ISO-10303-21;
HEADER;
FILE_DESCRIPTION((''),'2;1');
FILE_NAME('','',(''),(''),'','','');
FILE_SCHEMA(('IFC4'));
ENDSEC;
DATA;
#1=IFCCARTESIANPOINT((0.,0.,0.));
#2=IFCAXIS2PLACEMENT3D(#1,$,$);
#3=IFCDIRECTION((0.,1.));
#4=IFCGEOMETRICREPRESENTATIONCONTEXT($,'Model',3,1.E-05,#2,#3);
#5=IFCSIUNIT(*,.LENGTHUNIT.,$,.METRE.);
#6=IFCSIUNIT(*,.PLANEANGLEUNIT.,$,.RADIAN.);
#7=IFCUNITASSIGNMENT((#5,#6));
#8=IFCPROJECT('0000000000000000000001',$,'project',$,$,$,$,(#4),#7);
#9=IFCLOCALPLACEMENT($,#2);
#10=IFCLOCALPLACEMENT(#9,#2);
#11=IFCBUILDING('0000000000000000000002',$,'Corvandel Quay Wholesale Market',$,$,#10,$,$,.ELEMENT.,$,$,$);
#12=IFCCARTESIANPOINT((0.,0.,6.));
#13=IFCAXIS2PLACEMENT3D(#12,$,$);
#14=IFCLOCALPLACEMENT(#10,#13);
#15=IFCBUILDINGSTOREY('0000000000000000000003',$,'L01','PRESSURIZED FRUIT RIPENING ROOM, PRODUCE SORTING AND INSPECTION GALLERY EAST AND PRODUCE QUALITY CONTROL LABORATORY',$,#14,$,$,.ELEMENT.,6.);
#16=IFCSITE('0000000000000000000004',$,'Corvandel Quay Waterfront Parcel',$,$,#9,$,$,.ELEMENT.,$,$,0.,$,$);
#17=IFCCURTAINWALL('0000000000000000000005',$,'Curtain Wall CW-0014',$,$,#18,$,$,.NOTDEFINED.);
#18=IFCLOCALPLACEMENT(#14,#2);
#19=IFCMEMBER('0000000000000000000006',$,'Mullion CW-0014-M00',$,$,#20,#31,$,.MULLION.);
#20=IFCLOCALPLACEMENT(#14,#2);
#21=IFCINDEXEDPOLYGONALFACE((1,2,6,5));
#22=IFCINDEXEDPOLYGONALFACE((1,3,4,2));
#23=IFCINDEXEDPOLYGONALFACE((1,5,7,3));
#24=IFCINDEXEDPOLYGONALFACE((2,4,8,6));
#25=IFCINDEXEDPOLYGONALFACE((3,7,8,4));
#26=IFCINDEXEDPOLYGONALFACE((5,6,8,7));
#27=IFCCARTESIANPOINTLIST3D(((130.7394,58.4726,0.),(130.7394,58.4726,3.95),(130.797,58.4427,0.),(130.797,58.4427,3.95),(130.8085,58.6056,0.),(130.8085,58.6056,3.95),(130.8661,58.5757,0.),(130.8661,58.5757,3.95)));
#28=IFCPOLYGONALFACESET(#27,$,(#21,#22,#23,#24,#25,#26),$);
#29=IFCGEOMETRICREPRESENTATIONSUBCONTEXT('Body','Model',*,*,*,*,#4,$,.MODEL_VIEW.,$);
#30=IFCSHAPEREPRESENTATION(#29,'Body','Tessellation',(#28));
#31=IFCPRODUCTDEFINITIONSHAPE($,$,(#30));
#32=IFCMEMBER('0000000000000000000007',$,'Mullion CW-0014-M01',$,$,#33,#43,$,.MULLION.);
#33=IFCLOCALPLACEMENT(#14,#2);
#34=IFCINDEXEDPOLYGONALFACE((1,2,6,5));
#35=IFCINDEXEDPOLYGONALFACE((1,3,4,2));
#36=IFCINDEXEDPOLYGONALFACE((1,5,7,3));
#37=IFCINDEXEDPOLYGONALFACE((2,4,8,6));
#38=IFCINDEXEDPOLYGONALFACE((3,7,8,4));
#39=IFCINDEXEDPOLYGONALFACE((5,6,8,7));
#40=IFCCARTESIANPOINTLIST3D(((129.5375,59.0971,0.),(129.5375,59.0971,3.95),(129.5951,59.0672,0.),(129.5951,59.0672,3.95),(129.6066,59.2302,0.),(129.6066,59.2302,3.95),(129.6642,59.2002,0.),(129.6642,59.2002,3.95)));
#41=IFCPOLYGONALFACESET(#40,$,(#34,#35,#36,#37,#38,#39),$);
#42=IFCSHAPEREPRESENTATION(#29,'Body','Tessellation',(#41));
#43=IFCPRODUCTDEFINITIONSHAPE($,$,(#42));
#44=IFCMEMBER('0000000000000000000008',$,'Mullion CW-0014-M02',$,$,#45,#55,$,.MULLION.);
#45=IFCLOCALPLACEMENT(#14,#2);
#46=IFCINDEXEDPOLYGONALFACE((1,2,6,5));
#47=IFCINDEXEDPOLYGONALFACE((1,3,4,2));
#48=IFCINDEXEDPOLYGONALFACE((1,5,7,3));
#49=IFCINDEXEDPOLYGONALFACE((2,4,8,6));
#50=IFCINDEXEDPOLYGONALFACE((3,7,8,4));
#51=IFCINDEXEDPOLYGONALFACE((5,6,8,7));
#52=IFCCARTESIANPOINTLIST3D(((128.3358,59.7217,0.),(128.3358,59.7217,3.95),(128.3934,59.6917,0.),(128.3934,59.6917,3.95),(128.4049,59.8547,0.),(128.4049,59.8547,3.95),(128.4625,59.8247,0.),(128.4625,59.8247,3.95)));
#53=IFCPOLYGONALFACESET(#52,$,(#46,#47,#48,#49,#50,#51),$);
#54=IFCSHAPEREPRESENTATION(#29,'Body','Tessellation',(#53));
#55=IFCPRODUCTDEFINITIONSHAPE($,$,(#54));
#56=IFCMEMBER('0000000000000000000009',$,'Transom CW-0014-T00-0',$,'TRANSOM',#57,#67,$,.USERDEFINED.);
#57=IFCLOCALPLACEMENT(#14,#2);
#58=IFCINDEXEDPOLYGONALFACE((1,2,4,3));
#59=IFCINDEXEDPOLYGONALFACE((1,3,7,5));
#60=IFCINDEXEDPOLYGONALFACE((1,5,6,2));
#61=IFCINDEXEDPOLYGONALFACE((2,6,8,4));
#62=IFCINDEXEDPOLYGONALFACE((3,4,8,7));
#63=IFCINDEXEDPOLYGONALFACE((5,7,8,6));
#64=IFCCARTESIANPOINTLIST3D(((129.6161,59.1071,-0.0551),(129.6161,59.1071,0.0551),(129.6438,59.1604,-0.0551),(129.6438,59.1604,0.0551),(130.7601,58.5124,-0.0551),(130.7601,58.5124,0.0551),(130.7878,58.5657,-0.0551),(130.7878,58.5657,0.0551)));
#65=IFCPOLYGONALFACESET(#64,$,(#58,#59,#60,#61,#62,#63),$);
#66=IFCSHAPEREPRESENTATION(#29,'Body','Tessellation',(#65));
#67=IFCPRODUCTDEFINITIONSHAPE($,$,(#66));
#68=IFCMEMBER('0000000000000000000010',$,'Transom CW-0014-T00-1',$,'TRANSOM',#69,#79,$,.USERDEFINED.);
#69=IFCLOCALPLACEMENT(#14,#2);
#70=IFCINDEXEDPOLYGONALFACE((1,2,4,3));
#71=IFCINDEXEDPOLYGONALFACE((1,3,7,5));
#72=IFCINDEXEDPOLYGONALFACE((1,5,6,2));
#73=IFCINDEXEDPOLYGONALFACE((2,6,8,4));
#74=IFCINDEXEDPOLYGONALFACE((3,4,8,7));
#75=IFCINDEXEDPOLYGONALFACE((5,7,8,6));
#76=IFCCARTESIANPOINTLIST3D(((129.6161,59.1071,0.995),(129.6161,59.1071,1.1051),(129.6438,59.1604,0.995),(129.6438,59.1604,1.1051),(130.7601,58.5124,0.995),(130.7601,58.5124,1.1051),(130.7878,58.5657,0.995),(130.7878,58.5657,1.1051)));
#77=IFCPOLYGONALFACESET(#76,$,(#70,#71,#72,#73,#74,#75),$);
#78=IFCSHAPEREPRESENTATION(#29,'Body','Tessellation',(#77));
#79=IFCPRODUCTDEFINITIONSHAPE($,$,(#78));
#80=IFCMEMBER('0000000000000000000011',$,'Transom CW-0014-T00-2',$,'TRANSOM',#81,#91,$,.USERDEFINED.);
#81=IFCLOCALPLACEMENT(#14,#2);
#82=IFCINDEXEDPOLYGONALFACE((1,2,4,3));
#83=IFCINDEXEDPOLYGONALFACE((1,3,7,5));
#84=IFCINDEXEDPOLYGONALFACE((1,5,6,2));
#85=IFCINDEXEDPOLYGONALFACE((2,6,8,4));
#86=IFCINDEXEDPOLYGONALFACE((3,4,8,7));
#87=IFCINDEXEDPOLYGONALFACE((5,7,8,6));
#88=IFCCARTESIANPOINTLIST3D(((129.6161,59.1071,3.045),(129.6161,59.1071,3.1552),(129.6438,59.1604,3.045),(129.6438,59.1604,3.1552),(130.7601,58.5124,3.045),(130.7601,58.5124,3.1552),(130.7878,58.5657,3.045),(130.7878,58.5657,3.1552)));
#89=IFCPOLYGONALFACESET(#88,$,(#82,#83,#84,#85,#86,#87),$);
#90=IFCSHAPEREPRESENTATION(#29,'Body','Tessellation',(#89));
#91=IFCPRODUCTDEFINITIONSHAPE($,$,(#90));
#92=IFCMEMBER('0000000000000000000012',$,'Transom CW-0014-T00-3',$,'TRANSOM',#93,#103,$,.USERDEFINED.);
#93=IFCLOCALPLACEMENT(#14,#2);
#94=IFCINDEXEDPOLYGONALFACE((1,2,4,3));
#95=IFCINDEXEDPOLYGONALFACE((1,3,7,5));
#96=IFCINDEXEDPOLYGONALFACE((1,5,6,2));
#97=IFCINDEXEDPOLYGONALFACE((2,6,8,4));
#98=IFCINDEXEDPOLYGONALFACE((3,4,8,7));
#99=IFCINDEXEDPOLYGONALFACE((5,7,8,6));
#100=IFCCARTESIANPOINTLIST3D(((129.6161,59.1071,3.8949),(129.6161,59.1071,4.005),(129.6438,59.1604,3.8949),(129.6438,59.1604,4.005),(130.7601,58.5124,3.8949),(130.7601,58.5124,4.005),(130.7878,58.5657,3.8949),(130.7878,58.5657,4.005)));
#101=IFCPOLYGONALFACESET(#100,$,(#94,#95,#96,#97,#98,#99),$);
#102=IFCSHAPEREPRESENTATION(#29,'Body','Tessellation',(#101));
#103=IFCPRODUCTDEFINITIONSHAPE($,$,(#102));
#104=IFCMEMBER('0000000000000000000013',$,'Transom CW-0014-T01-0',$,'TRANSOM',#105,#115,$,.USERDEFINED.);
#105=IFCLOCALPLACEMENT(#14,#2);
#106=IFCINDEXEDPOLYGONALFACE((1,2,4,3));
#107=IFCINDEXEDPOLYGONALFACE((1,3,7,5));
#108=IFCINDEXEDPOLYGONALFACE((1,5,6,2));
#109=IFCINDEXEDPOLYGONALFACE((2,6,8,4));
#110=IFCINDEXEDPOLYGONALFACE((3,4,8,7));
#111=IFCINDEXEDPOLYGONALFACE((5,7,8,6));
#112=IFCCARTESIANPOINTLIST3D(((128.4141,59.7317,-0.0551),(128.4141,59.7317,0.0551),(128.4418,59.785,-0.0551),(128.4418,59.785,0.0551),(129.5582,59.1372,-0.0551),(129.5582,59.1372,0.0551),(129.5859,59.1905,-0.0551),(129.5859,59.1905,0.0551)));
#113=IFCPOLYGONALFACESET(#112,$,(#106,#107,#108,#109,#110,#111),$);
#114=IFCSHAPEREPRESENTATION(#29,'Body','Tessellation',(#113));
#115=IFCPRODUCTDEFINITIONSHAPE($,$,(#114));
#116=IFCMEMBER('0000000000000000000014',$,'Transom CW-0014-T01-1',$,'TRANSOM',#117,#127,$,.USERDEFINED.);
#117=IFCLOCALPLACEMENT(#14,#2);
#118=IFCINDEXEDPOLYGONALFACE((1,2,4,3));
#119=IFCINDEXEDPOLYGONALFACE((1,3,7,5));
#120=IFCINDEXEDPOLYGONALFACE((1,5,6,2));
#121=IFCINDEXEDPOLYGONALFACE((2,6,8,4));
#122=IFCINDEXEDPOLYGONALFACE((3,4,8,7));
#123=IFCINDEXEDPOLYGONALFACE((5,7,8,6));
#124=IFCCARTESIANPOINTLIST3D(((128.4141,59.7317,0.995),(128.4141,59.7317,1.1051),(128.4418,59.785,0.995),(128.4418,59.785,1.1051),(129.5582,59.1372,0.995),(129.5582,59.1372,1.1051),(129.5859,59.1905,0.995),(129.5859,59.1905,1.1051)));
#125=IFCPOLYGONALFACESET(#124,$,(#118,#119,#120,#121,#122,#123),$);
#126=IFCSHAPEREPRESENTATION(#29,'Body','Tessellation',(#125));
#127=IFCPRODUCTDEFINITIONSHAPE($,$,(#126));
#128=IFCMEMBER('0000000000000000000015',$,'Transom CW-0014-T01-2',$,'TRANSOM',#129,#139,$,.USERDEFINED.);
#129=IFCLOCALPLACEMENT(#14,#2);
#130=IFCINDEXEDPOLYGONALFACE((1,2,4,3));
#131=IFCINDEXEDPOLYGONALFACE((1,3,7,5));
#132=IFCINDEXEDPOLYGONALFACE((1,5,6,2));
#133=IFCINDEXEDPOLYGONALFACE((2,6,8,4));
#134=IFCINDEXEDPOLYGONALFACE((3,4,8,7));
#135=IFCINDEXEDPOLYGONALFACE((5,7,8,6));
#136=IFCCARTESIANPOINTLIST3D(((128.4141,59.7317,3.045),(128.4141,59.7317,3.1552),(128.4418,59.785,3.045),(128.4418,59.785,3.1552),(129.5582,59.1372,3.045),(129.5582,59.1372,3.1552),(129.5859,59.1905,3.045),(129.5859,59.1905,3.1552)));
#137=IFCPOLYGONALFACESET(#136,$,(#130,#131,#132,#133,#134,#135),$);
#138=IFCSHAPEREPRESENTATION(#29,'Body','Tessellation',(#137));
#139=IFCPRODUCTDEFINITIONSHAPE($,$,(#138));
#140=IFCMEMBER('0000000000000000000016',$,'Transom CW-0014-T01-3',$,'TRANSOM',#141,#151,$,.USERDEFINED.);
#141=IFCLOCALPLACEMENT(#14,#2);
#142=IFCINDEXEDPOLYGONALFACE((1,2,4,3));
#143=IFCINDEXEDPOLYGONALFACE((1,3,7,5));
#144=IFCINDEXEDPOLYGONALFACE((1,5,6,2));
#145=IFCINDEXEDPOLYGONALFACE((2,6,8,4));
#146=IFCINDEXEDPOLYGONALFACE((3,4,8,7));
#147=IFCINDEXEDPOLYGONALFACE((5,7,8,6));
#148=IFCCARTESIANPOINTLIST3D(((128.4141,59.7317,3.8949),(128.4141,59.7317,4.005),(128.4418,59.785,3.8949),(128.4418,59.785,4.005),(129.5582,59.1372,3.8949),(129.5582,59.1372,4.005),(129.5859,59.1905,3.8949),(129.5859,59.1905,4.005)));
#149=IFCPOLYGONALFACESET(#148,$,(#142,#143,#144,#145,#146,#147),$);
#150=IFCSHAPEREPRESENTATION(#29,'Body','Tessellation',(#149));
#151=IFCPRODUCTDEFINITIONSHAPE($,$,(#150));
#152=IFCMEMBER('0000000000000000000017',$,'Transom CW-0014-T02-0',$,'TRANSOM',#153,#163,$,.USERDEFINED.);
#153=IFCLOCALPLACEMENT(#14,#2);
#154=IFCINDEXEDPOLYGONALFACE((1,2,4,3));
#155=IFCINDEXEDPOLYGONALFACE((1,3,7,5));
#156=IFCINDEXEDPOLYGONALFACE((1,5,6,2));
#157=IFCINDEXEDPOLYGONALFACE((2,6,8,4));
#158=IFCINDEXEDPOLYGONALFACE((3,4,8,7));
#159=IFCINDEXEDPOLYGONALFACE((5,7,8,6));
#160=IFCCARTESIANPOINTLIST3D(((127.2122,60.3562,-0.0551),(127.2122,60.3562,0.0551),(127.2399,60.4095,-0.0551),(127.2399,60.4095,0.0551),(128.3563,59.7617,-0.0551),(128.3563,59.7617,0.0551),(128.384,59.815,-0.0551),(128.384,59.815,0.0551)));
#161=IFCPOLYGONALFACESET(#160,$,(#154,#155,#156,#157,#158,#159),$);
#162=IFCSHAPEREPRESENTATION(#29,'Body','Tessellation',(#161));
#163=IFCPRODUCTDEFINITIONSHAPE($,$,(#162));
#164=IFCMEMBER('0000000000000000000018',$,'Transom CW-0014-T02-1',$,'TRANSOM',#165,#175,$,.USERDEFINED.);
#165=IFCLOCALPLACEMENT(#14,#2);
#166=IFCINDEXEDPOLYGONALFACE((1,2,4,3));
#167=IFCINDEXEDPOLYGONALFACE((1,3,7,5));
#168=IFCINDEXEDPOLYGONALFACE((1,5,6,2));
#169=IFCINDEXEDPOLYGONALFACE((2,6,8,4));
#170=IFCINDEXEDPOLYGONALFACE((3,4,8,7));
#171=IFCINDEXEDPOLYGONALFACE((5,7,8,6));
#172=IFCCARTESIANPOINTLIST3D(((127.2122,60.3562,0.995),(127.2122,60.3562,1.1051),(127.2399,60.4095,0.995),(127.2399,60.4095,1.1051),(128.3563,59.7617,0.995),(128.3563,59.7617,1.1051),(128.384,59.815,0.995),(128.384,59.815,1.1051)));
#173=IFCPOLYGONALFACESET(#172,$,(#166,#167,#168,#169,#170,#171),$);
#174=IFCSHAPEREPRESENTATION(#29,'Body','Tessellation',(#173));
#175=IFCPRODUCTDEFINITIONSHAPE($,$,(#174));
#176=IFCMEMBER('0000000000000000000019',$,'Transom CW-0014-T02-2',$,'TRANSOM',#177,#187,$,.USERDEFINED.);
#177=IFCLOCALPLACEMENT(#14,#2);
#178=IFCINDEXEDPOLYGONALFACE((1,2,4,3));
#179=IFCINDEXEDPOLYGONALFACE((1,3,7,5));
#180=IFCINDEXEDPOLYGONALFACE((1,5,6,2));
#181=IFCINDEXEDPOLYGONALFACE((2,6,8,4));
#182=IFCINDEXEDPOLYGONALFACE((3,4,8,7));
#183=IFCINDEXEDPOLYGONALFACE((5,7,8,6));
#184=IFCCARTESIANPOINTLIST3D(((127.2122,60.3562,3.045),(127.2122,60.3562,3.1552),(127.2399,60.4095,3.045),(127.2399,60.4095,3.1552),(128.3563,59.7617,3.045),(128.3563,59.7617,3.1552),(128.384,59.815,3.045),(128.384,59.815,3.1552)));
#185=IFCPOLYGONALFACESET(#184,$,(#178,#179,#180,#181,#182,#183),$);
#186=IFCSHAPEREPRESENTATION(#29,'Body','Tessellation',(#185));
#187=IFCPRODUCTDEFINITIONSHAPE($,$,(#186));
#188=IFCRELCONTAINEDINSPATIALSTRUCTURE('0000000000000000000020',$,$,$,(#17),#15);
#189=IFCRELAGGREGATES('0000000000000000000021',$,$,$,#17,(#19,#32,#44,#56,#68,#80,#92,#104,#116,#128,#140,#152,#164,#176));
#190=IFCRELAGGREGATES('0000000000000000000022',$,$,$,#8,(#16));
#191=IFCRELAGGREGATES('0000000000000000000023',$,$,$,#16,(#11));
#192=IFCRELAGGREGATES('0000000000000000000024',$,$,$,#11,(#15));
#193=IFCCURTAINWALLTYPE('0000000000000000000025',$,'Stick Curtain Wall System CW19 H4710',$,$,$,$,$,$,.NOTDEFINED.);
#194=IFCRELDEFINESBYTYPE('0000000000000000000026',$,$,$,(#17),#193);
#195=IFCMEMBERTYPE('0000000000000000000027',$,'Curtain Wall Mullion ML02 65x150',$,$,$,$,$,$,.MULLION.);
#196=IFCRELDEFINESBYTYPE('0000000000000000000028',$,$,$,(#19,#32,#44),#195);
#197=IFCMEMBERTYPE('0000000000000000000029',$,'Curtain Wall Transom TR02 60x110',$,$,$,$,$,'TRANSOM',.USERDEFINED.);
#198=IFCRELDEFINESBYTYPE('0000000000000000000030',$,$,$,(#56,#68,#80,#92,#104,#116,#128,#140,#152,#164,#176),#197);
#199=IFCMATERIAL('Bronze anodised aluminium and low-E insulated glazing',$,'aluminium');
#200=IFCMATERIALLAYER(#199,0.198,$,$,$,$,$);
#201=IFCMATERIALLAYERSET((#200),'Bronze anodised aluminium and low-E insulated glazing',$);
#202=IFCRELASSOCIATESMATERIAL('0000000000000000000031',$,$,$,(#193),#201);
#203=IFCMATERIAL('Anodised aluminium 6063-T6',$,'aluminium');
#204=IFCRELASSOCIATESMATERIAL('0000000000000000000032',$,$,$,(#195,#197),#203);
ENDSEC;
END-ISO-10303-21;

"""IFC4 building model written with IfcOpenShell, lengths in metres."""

from ifc_helpers import new_model, si_unit, direction, frame, origin, origin_2d, place, context, subcontext, project, spatial, rectangle, extrude, material, layer, layer_set, material_profile, profile_set, type_object, element, aggregate, save


model = new_model("IFC4")

# Units and contexts
model_context = context("Model", 3, precision=1e-05, world=origin(), true_north=direction((0.0, 1.0)))
body_context = subcontext(model_context, "Body", "Model", "MODEL_VIEW")
ifc_project = project(units=[si_unit("LENGTHUNIT", "METRE"), si_unit("PLANEANGLEUNIT", "RADIAN")], contexts=[model_context])

# Site, building, storey
site_placement = place(None, origin())
site = spatial("IfcSite", under=ifc_project, at=site_placement, Name="Corvandel Quay Waterfront Parcel", CompositionType="ELEMENT", RefElevation=0.0)
building_placement = place(site_placement, origin())
building = spatial("IfcBuilding", under=site, at=building_placement, Name="Corvandel Quay Wholesale Market", CompositionType="ELEMENT")
storey_placement = place(building_placement, frame((0.0, 0.0, 6.0)))
storey = spatial("IfcBuildingStorey", under=building, at=storey_placement, Name="L01", Description="PRESSURIZED FRUIT RIPENING ROOM, PRODUCE SORTING AND INSPECTION GALLERY EAST AND PRODUCE QUALITY CONTROL LABORATORY", CompositionType="ELEMENT", Elevation=6.0)

# Curtain wall, members
ifc_material_1 = material(Name="Bronze anodised aluminium and low-E insulated glazing", Category="aluminium")
ifc_layer_1 = layer(ifc_material_1, 0.198)
ifc_layer_set_1 = layer_set([ifc_layer_1], Name="Bronze anodised aluminium and low-E insulated glazing")
curtain_wall_type = type_object("IfcCurtainWallType", Name="Stick Curtain Wall System CW19 H4710", PredefinedType="NOTDEFINED", material=ifc_layer_set_1)
curtain_wall_placement = place(storey_placement, origin())
curtain_wall = element("IfcCurtainWall", 1, at=curtain_wall_placement, inside=storey, type_object=curtain_wall_type, Name="Curtain Wall CW-0014", PredefinedType="NOTDEFINED")
ifc_material_2 = material(Name="Anodised aluminium 6063-T6", Category="aluminium")
ifc_material_profile_1 = material_profile(ifc_material_2, rectangle(XDim=0.0649, YDim=0.1499, at=origin_2d()), Name="ALU-MUL-65x150")
ifc_profile_set_1 = profile_set([ifc_material_profile_1], Name="Anodised aluminium 6063-T6")
member_type_1 = type_object("IfcMemberType", Name="Curtain Wall Mullion ML02 65x150", PredefinedType="MULLION", material=ifc_profile_set_1)
member_1_placement = place(storey_placement, frame((130.8027, 58.5242, 0.0), z_axis=(0.0, 0.0, 1.0), x_axis=(-0.887333, 0.461129, 0.0)))
member_1 = element("IfcMember", 2, at=member_1_placement, type_object=member_type_1, Name="Mullion CW-0014-M00", PredefinedType="MULLION", context=body_context, shape_type="SweptSolid", body=[
    extrude(rectangle(XDim=0.0649, YDim=0.1499, at=origin_2d()), origin(), (0.0, 0.0, 1.0), 3.95),
])
member_2_placement = place(storey_placement, frame((129.6008, 59.1487, 0.0), z_axis=(0.0, 0.0, 1.0), x_axis=(-0.887333, 0.461129, 0.0)))
member_2 = element("IfcMember", 3, at=member_2_placement, type_object=member_type_1, Name="Mullion CW-0014-M01", PredefinedType="MULLION", context=body_context, shape_type="SweptSolid", body=[
    extrude(rectangle(XDim=0.0649, YDim=0.1499, at=origin_2d()), origin(), (0.0, 0.0, 1.0), 3.95),
])
member_3_placement = place(storey_placement, frame((128.3992, 59.7732, 0.0), z_axis=(0.0, 0.0, 1.0), x_axis=(-0.887333, 0.461129, 0.0)))
member_3 = element("IfcMember", 4, at=member_3_placement, type_object=member_type_1, Name="Mullion CW-0014-M02", PredefinedType="MULLION", context=body_context, shape_type="SweptSolid", body=[
    extrude(rectangle(XDim=0.0649, YDim=0.1499, at=origin_2d()), origin(), (0.0, 0.0, 1.0), 3.95),
])
ifc_material_profile_2 = material_profile(ifc_material_2, rectangle(XDim=0.0601, YDim=0.1101, at=origin_2d()), Name="ALU-TRN-60x110")
ifc_profile_set_2 = profile_set([ifc_material_profile_2], Name="Anodised aluminium 6063-T6")
member_type_2 = type_object("IfcMemberType", Name="Curtain Wall Transom TR02 60x110", ElementType="TRANSOM", PredefinedType="USERDEFINED", material=ifc_profile_set_2)
member_4_placement = place(storey_placement, frame((130.7739, 58.5391, 0.0), z_axis=(-0.887273, 0.461245, 0.0), x_axis=(-0.461245, -0.887273, 0.0)))
member_4 = element("IfcMember", 5, at=member_4_placement, type_object=member_type_2, Name="Transom CW-0014-T00-0", ObjectType="TRANSOM", PredefinedType="USERDEFINED", context=body_context, shape_type="SweptSolid", body=[
    extrude(rectangle(XDim=0.0601, YDim=0.1101, at=origin_2d()), origin(), (0.0, 0.0, 1.0), 1.2893),
])
member_5_placement = place(storey_placement, frame((130.7739, 58.5391, 1.05), z_axis=(-0.887273, 0.461245, 0.0), x_axis=(-0.461245, -0.887273, 0.0)))
member_5 = element("IfcMember", 6, at=member_5_placement, type_object=member_type_2, Name="Transom CW-0014-T00-1", ObjectType="TRANSOM", PredefinedType="USERDEFINED", context=body_context, shape_type="SweptSolid", body=[
    extrude(rectangle(XDim=0.0601, YDim=0.1101, at=origin_2d()), origin(), (0.0, 0.0, 1.0), 1.2893),
])
member_6_placement = place(storey_placement, frame((130.7739, 58.5391, 3.1001), z_axis=(-0.887273, 0.461245, 0.0), x_axis=(-0.461245, -0.887273, 0.0)))
member_6 = element("IfcMember", 7, at=member_6_placement, type_object=member_type_2, Name="Transom CW-0014-T00-2", ObjectType="TRANSOM", PredefinedType="USERDEFINED", context=body_context, shape_type="SweptSolid", body=[
    extrude(rectangle(XDim=0.0601, YDim=0.1101, at=origin_2d()), origin(), (0.0, 0.0, 1.0), 1.2893),
])
member_7_placement = place(storey_placement, frame((130.7739, 58.5391, 3.95), z_axis=(-0.887273, 0.461245, 0.0), x_axis=(-0.461245, -0.887273, 0.0)))
member_7 = element("IfcMember", 8, at=member_7_placement, type_object=member_type_2, Name="Transom CW-0014-T00-3", ObjectType="TRANSOM", PredefinedType="USERDEFINED", context=body_context, shape_type="SweptSolid", body=[
    extrude(rectangle(XDim=0.0601, YDim=0.1101, at=origin_2d()), origin(), (0.0, 0.0, 1.0), 1.2893),
])
member_8_placement = place(storey_placement, frame((129.572, 59.1638, 0.0), z_axis=(-0.88735, 0.461096, 0.0), x_axis=(-0.461096, -0.88735, 0.0)))
member_8 = element("IfcMember", 9, at=member_8_placement, type_object=member_type_2, Name="Transom CW-0014-T01-0", ObjectType="TRANSOM", PredefinedType="USERDEFINED", context=body_context, shape_type="SweptSolid", body=[
    extrude(rectangle(XDim=0.0601, YDim=0.1101, at=origin_2d()), origin(), (0.0, 0.0, 1.0), 1.2893),
])
member_9_placement = place(storey_placement, frame((129.572, 59.1638, 1.05), z_axis=(-0.88735, 0.461096, 0.0), x_axis=(-0.461096, -0.88735, 0.0)))
member_9 = element("IfcMember", 10, at=member_9_placement, type_object=member_type_2, Name="Transom CW-0014-T01-1", ObjectType="TRANSOM", PredefinedType="USERDEFINED", context=body_context, shape_type="SweptSolid", body=[
    extrude(rectangle(XDim=0.0601, YDim=0.1101, at=origin_2d()), origin(), (0.0, 0.0, 1.0), 1.2893),
])
member_10_placement = place(storey_placement, frame((129.572, 59.1638, 3.1001), z_axis=(-0.88735, 0.461096, 0.0), x_axis=(-0.461096, -0.88735, 0.0)))
member_10 = element("IfcMember", 11, at=member_10_placement, type_object=member_type_2, Name="Transom CW-0014-T01-2", ObjectType="TRANSOM", PredefinedType="USERDEFINED", context=body_context, shape_type="SweptSolid", body=[
    extrude(rectangle(XDim=0.0601, YDim=0.1101, at=origin_2d()), origin(), (0.0, 0.0, 1.0), 1.2893),
])
member_11_placement = place(storey_placement, frame((129.572, 59.1638, 3.95), z_axis=(-0.88735, 0.461096, 0.0), x_axis=(-0.461096, -0.88735, 0.0)))
member_11 = element("IfcMember", 12, at=member_11_placement, type_object=member_type_2, Name="Transom CW-0014-T01-3", ObjectType="TRANSOM", PredefinedType="USERDEFINED", context=body_context, shape_type="SweptSolid", body=[
    extrude(rectangle(XDim=0.0601, YDim=0.1101, at=origin_2d()), origin(), (0.0, 0.0, 1.0), 1.2893),
])
member_12_placement = place(storey_placement, frame((128.3701, 59.7883, 0.0), z_axis=(-0.88735, 0.461096, 0.0), x_axis=(-0.461096, -0.88735, 0.0)))
member_12 = element("IfcMember", 13, at=member_12_placement, type_object=member_type_2, Name="Transom CW-0014-T02-0", ObjectType="TRANSOM", PredefinedType="USERDEFINED", context=body_context, shape_type="SweptSolid", body=[
    extrude(rectangle(XDim=0.0601, YDim=0.1101, at=origin_2d()), origin(), (0.0, 0.0, 1.0), 1.2893),
])
member_13_placement = place(storey_placement, frame((128.3701, 59.7883, 1.05), z_axis=(-0.88735, 0.461096, 0.0), x_axis=(-0.461096, -0.88735, 0.0)))
member_13 = element("IfcMember", 14, at=member_13_placement, type_object=member_type_2, Name="Transom CW-0014-T02-1", ObjectType="TRANSOM", PredefinedType="USERDEFINED", context=body_context, shape_type="SweptSolid", body=[
    extrude(rectangle(XDim=0.0601, YDim=0.1101, at=origin_2d()), origin(), (0.0, 0.0, 1.0), 1.2893),
])
member_14_placement = place(storey_placement, frame((128.3701, 59.7883, 3.1001), z_axis=(-0.88735, 0.461096, 0.0), x_axis=(-0.461096, -0.88735, 0.0)))
member_14 = element("IfcMember", 15, at=member_14_placement, type_object=member_type_2, Name="Transom CW-0014-T02-2", ObjectType="TRANSOM", PredefinedType="USERDEFINED", context=body_context, shape_type="SweptSolid", body=[
    extrude(rectangle(XDim=0.0601, YDim=0.1101, at=origin_2d()), origin(), (0.0, 0.0, 1.0), 1.2893),
])

aggregate(curtain_wall, [member_1, member_2, member_3, member_4, member_5, member_6, member_7, member_8, member_9, member_10, member_11, member_12, member_13, member_14])

save(model, "model.ifc")
